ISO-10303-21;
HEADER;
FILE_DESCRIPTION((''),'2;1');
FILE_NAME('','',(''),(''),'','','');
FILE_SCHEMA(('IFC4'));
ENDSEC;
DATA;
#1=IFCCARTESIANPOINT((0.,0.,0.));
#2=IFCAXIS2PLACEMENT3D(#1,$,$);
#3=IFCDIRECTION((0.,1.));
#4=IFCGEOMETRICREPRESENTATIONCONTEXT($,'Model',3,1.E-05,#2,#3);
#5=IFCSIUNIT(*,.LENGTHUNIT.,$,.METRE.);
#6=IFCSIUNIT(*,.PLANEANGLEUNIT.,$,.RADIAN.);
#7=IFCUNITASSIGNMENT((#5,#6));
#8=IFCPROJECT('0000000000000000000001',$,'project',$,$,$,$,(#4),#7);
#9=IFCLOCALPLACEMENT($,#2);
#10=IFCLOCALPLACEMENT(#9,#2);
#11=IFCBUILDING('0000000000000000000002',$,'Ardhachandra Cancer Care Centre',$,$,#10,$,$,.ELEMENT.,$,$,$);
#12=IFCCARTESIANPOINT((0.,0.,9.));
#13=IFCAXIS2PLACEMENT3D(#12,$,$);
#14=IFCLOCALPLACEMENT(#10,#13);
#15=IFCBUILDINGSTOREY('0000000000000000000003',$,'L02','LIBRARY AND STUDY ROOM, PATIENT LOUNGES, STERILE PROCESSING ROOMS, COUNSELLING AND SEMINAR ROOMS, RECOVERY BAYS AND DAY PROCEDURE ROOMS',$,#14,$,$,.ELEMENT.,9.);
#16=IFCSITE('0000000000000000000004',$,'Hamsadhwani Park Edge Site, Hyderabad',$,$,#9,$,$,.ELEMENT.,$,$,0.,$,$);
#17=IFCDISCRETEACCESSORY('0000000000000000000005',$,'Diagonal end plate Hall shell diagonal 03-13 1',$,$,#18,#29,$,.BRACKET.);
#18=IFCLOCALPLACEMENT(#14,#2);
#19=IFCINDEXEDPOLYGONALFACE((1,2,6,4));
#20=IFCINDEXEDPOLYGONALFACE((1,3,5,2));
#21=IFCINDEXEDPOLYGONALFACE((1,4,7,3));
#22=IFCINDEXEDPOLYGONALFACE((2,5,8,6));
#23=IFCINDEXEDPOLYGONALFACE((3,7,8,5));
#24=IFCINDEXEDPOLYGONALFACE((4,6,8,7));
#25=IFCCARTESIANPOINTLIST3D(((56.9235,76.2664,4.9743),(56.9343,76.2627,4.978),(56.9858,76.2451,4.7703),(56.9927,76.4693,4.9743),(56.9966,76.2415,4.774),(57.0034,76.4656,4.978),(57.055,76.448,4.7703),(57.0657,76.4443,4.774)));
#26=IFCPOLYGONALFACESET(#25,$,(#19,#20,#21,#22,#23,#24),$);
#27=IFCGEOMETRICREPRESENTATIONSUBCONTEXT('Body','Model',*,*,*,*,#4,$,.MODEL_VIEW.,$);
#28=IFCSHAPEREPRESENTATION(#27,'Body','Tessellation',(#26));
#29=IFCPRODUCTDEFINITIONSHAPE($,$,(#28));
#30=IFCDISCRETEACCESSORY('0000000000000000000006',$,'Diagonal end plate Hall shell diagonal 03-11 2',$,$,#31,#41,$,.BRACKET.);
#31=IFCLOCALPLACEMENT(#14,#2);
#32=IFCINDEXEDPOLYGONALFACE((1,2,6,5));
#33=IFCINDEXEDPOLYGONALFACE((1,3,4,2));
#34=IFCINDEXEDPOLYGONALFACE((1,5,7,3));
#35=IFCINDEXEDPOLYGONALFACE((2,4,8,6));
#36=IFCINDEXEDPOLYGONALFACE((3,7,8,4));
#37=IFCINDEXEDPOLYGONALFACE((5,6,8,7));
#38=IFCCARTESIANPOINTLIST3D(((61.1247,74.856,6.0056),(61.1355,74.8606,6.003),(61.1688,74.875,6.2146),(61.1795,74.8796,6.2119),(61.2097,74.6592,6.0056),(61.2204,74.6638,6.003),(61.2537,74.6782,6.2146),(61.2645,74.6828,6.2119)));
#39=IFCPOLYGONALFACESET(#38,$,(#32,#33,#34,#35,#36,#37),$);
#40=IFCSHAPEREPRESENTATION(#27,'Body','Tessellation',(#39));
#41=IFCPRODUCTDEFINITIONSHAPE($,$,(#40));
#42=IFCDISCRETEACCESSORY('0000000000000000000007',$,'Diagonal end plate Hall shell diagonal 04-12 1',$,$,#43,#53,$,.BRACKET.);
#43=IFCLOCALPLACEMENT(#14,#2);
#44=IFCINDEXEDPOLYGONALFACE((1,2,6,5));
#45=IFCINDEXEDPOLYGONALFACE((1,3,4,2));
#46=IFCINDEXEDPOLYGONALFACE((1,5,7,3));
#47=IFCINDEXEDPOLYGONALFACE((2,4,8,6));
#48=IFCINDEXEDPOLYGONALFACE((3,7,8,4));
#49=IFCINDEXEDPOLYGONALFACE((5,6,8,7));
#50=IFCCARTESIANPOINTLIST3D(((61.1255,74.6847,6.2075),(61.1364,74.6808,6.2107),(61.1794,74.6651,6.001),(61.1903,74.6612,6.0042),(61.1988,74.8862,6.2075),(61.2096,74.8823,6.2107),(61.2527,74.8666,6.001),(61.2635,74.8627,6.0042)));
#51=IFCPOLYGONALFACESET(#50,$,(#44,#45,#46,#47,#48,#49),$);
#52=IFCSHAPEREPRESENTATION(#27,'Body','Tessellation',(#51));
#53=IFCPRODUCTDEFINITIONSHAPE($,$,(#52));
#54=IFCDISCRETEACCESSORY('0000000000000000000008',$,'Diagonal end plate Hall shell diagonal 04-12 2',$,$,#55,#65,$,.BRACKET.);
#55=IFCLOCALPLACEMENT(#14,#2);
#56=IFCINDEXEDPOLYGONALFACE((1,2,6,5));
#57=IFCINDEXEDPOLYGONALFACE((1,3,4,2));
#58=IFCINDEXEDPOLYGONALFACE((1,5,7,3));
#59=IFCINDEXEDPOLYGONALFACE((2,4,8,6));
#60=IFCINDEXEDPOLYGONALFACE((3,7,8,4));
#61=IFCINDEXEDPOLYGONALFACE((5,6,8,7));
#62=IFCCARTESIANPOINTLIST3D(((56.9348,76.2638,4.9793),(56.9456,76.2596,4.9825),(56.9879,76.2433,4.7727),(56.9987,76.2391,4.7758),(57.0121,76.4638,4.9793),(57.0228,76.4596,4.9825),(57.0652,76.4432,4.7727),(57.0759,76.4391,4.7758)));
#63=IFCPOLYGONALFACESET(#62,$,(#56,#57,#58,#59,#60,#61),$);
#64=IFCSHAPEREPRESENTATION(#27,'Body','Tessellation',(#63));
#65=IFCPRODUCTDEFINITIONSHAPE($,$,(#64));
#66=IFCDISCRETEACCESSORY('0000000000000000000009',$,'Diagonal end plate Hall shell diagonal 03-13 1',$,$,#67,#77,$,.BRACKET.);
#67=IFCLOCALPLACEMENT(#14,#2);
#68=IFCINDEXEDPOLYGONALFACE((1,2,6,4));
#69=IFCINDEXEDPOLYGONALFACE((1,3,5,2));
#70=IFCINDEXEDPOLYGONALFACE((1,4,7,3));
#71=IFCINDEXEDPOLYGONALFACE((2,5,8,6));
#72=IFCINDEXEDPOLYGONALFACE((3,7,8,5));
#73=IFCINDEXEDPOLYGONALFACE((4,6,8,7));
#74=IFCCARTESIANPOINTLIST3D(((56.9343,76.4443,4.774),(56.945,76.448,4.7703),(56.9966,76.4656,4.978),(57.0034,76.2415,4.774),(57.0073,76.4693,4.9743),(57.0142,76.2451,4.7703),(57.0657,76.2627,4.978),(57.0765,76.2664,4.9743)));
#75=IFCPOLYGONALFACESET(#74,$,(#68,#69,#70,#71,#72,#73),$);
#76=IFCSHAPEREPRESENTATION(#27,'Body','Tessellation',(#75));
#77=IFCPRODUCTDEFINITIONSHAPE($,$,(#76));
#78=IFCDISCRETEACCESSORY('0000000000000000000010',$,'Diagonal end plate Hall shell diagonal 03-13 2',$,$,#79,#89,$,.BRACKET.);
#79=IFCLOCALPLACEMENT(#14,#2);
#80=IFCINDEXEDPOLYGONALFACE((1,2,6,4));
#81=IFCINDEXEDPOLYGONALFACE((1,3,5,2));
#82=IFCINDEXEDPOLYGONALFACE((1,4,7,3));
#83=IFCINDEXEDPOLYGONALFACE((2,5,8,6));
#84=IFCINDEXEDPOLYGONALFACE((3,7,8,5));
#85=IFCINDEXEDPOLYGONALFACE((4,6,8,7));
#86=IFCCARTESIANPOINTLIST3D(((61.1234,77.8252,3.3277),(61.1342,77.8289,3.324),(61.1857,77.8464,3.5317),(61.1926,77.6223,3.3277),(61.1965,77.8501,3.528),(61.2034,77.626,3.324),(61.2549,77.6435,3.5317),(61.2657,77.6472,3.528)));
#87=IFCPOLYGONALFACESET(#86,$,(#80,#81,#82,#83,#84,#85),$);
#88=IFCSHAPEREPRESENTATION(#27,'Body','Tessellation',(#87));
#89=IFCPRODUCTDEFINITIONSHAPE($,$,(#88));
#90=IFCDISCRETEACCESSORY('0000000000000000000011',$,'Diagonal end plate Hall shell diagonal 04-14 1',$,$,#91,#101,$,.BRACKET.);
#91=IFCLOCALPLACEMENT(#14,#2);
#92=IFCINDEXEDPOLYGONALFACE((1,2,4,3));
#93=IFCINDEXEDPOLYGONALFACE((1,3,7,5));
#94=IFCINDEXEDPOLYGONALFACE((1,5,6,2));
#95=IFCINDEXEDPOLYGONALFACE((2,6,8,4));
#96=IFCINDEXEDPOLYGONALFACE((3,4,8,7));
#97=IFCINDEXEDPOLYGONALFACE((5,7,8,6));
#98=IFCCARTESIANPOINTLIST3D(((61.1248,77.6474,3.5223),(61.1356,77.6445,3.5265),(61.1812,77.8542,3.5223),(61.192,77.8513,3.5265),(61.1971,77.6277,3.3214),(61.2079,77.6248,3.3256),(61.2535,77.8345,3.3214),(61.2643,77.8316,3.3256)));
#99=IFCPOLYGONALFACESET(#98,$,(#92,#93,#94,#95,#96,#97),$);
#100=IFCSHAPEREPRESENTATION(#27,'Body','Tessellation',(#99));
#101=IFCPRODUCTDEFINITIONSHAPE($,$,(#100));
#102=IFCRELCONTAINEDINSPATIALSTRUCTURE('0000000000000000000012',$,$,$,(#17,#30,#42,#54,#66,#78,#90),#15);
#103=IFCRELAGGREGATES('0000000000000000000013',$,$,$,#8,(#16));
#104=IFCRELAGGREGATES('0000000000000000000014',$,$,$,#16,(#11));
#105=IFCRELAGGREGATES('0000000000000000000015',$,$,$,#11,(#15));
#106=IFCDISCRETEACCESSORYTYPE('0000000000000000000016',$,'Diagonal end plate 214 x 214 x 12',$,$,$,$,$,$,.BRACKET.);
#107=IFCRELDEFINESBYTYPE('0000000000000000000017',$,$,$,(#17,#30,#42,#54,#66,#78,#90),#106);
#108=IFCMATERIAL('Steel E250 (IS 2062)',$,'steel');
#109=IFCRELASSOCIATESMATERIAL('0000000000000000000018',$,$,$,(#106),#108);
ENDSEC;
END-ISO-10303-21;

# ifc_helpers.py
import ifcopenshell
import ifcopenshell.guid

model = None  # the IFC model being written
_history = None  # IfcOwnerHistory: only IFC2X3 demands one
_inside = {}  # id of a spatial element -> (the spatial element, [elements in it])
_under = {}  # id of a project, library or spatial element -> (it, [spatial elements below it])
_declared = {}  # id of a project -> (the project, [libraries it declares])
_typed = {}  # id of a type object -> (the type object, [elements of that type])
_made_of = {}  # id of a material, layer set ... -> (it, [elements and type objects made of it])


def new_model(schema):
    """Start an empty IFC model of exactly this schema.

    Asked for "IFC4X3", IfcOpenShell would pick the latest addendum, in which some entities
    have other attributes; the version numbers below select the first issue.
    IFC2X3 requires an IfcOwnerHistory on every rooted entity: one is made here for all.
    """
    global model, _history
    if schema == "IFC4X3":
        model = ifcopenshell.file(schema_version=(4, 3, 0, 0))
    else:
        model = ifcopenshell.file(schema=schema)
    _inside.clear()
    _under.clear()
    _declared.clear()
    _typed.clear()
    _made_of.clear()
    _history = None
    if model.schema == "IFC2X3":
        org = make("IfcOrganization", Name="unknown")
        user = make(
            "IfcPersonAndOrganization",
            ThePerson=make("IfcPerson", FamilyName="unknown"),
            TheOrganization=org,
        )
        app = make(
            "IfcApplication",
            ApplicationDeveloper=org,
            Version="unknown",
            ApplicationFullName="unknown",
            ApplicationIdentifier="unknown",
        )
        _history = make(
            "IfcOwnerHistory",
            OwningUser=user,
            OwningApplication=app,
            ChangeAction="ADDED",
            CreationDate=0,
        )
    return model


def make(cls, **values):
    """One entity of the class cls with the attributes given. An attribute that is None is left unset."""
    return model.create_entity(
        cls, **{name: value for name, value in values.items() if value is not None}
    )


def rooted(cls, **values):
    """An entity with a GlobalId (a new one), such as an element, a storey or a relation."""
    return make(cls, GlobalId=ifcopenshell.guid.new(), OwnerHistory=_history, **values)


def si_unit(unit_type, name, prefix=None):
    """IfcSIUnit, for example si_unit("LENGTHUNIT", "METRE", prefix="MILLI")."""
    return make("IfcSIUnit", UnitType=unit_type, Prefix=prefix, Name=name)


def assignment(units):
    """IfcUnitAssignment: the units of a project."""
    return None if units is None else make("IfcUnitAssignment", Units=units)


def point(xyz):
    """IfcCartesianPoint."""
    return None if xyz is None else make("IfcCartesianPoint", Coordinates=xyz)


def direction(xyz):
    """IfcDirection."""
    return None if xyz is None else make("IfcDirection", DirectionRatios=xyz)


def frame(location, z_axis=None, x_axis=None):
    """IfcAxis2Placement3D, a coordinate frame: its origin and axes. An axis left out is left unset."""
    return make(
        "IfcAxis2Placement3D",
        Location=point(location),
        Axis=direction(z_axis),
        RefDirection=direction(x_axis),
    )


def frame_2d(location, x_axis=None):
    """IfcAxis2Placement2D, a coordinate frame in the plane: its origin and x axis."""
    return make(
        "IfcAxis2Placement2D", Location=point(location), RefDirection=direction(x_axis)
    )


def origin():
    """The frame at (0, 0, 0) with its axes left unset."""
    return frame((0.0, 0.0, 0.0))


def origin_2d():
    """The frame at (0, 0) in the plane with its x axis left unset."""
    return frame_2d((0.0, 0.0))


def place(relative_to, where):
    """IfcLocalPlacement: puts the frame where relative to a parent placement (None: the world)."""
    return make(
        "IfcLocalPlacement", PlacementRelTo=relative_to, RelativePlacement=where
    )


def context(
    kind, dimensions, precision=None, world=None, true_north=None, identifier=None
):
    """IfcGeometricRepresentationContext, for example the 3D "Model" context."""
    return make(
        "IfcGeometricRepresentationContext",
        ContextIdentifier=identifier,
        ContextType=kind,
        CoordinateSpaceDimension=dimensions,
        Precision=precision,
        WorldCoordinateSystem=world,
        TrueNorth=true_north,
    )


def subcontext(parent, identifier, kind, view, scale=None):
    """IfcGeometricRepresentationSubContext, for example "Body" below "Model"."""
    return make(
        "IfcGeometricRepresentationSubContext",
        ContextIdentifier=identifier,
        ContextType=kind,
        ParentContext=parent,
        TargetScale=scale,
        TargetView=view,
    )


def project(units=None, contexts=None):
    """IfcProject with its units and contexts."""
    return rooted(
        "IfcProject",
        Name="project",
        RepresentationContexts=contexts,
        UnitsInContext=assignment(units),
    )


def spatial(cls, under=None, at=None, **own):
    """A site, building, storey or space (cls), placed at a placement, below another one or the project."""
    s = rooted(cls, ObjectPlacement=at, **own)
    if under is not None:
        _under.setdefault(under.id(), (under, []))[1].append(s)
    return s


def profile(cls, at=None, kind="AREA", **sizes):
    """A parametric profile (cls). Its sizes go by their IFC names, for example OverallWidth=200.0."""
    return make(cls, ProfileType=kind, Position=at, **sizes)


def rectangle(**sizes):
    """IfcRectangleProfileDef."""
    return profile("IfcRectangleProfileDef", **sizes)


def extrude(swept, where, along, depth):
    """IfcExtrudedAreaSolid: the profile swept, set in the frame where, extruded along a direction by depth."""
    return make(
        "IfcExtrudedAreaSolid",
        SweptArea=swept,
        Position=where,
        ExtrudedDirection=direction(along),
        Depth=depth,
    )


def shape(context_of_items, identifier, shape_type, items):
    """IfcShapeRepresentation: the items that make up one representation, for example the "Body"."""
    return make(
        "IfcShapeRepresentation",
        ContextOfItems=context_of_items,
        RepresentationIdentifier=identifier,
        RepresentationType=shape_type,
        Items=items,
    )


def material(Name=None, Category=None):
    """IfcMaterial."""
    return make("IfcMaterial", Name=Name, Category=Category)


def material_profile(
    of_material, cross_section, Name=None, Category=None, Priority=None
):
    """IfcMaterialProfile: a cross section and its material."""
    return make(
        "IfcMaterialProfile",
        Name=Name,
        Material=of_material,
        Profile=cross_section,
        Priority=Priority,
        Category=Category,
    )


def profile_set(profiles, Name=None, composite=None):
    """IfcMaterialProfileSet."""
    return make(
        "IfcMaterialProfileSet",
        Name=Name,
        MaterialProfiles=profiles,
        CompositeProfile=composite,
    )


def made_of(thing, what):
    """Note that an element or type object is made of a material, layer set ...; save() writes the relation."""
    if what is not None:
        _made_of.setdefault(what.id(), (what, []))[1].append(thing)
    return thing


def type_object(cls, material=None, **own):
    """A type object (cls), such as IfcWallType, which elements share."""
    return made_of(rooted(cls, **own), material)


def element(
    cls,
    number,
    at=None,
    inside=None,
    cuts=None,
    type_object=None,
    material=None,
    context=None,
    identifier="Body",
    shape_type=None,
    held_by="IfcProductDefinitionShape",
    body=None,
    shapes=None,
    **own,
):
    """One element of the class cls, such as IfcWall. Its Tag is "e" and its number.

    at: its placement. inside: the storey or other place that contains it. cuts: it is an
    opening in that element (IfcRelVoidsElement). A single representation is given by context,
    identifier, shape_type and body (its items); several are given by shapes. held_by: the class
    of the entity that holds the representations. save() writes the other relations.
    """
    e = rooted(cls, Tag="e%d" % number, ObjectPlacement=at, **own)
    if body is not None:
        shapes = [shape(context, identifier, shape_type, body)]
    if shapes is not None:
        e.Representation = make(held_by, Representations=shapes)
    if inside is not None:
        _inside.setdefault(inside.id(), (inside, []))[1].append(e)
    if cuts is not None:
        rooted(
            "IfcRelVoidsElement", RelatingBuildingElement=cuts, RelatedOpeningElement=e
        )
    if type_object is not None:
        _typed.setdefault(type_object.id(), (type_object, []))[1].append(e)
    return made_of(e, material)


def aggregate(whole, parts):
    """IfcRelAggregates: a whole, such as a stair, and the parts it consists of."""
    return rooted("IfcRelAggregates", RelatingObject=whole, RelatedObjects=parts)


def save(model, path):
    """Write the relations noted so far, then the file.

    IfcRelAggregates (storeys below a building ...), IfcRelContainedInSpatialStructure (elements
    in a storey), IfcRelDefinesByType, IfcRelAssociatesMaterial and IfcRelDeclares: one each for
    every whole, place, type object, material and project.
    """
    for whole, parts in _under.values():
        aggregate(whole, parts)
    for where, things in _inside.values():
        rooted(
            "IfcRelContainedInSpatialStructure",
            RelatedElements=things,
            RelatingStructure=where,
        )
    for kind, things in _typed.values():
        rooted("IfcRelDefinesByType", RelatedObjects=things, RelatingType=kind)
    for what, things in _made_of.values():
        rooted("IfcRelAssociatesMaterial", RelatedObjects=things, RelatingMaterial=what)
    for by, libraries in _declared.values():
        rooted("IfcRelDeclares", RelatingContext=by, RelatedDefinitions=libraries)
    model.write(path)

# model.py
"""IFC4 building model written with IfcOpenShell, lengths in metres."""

from ifc_helpers import new_model, si_unit, direction, frame, origin, origin_2d, place, context, subcontext, project, spatial, rectangle, extrude, material, material_profile, profile_set, type_object, element, save


model = new_model("IFC4")

# Units and contexts
model_context = context("Model", 3, precision=1e-05, world=origin(), true_north=direction((0.0, 1.0)))
body_context = subcontext(model_context, "Body", "Model", "MODEL_VIEW")
ifc_project = project(units=[si_unit("LENGTHUNIT", "METRE"), si_unit("PLANEANGLEUNIT", "RADIAN")], contexts=[model_context])

# Site, building, storey
site_placement = place(None, origin())
site = spatial("IfcSite", under=ifc_project, at=site_placement, Name="Hamsadhwani Park Edge Site, Hyderabad", CompositionType="ELEMENT", RefElevation=0.0)
building_placement = place(site_placement, origin())
building = spatial("IfcBuilding", under=site, at=building_placement, Name="Ardhachandra Cancer Care Centre", CompositionType="ELEMENT")
storey_placement = place(building_placement, frame((0.0, 0.0, 9.0)))
storey = spatial("IfcBuildingStorey", under=building, at=storey_placement, Name="L02", Description="LIBRARY AND STUDY ROOM, PATIENT LOUNGES, STERILE PROCESSING ROOMS, COUNSELLING AND SEMINAR ROOMS, RECOVERY BAYS AND DAY PROCEDURE ROOMS", CompositionType="ELEMENT", Elevation=9.0)

# Discrete accessories
ifc_material_1 = material(Name="Steel E250 (IS 2062)", Category="steel")
ifc_material_profile_1 = material_profile(ifc_material_1, rectangle(XDim=0.2144, YDim=0.2144, at=origin_2d()), Name="PL 214x214x12")
ifc_profile_set_1 = profile_set([ifc_material_profile_1], Name="Steel E250 (IS 2062)")
discrete_accessory_type = type_object("IfcDiscreteAccessoryType", Name="Diagonal end plate 214 x 214 x 12", PredefinedType="BRACKET", material=ifc_profile_set_1)
for number, where, z_axis, x_axis, name in (
    (1, (57.0, 76.3535, 4.876), (-0.900777, 0.307083, -0.307083), (-0.322674, -0.94651, 0.0), "Diagonal end plate Hall shell diagonal 03-13 1"),
    (2, (61.2, 74.7717, 6.1074), (-0.894797, -0.38639, 0.223699), (0.396436, -0.918062, 0.0), "Diagonal end plate Hall shell diagonal 03-11 2"),
    (3, (61.2, 74.7717, 6.1074), (-0.905534, 0.329285, -0.267544), (-0.341743, -0.939793, 0.0), "Diagonal end plate Hall shell diagonal 04-12 1"),
    (4, (57.0, 76.3535, 4.876), (0.899271, -0.347446, 0.265694), (0.360399, 0.932798, 0.0), "Diagonal end plate Hall shell diagonal 04-12 2"),
    (5, (57.0, 76.3535, 4.876), (0.900777, 0.307083, -0.307083), (-0.322674, 0.94651, 0.0), "Diagonal end plate Hall shell diagonal 03-13 1"),
    (6, (61.2, 77.738, 3.426), (-0.900777, -0.307083, 0.307083), (0.322674, -0.94651, 0.0), "Diagonal end plate Hall shell diagonal 03-13 2"),
    (7, (61.2, 77.738, 3.426), (-0.904004, 0.246546, -0.349274), (-0.263117, -0.964764, 0.0), "Diagonal end plate Hall shell diagonal 04-14 1"),
):
    element("IfcDiscreteAccessory", number, at=place(storey_placement, frame(where, z_axis=z_axis, x_axis=x_axis)), inside=storey, type_object=discrete_accessory_type, Name=name, PredefinedType="BRACKET", context=body_context, shape_type="SweptSolid", body=[
        extrude(rectangle(XDim=0.2144, YDim=0.2144, at=origin_2d()), origin(), (0.0, 0.0, 1.0), 0.012),
    ])

save(model, "model.ifc")
